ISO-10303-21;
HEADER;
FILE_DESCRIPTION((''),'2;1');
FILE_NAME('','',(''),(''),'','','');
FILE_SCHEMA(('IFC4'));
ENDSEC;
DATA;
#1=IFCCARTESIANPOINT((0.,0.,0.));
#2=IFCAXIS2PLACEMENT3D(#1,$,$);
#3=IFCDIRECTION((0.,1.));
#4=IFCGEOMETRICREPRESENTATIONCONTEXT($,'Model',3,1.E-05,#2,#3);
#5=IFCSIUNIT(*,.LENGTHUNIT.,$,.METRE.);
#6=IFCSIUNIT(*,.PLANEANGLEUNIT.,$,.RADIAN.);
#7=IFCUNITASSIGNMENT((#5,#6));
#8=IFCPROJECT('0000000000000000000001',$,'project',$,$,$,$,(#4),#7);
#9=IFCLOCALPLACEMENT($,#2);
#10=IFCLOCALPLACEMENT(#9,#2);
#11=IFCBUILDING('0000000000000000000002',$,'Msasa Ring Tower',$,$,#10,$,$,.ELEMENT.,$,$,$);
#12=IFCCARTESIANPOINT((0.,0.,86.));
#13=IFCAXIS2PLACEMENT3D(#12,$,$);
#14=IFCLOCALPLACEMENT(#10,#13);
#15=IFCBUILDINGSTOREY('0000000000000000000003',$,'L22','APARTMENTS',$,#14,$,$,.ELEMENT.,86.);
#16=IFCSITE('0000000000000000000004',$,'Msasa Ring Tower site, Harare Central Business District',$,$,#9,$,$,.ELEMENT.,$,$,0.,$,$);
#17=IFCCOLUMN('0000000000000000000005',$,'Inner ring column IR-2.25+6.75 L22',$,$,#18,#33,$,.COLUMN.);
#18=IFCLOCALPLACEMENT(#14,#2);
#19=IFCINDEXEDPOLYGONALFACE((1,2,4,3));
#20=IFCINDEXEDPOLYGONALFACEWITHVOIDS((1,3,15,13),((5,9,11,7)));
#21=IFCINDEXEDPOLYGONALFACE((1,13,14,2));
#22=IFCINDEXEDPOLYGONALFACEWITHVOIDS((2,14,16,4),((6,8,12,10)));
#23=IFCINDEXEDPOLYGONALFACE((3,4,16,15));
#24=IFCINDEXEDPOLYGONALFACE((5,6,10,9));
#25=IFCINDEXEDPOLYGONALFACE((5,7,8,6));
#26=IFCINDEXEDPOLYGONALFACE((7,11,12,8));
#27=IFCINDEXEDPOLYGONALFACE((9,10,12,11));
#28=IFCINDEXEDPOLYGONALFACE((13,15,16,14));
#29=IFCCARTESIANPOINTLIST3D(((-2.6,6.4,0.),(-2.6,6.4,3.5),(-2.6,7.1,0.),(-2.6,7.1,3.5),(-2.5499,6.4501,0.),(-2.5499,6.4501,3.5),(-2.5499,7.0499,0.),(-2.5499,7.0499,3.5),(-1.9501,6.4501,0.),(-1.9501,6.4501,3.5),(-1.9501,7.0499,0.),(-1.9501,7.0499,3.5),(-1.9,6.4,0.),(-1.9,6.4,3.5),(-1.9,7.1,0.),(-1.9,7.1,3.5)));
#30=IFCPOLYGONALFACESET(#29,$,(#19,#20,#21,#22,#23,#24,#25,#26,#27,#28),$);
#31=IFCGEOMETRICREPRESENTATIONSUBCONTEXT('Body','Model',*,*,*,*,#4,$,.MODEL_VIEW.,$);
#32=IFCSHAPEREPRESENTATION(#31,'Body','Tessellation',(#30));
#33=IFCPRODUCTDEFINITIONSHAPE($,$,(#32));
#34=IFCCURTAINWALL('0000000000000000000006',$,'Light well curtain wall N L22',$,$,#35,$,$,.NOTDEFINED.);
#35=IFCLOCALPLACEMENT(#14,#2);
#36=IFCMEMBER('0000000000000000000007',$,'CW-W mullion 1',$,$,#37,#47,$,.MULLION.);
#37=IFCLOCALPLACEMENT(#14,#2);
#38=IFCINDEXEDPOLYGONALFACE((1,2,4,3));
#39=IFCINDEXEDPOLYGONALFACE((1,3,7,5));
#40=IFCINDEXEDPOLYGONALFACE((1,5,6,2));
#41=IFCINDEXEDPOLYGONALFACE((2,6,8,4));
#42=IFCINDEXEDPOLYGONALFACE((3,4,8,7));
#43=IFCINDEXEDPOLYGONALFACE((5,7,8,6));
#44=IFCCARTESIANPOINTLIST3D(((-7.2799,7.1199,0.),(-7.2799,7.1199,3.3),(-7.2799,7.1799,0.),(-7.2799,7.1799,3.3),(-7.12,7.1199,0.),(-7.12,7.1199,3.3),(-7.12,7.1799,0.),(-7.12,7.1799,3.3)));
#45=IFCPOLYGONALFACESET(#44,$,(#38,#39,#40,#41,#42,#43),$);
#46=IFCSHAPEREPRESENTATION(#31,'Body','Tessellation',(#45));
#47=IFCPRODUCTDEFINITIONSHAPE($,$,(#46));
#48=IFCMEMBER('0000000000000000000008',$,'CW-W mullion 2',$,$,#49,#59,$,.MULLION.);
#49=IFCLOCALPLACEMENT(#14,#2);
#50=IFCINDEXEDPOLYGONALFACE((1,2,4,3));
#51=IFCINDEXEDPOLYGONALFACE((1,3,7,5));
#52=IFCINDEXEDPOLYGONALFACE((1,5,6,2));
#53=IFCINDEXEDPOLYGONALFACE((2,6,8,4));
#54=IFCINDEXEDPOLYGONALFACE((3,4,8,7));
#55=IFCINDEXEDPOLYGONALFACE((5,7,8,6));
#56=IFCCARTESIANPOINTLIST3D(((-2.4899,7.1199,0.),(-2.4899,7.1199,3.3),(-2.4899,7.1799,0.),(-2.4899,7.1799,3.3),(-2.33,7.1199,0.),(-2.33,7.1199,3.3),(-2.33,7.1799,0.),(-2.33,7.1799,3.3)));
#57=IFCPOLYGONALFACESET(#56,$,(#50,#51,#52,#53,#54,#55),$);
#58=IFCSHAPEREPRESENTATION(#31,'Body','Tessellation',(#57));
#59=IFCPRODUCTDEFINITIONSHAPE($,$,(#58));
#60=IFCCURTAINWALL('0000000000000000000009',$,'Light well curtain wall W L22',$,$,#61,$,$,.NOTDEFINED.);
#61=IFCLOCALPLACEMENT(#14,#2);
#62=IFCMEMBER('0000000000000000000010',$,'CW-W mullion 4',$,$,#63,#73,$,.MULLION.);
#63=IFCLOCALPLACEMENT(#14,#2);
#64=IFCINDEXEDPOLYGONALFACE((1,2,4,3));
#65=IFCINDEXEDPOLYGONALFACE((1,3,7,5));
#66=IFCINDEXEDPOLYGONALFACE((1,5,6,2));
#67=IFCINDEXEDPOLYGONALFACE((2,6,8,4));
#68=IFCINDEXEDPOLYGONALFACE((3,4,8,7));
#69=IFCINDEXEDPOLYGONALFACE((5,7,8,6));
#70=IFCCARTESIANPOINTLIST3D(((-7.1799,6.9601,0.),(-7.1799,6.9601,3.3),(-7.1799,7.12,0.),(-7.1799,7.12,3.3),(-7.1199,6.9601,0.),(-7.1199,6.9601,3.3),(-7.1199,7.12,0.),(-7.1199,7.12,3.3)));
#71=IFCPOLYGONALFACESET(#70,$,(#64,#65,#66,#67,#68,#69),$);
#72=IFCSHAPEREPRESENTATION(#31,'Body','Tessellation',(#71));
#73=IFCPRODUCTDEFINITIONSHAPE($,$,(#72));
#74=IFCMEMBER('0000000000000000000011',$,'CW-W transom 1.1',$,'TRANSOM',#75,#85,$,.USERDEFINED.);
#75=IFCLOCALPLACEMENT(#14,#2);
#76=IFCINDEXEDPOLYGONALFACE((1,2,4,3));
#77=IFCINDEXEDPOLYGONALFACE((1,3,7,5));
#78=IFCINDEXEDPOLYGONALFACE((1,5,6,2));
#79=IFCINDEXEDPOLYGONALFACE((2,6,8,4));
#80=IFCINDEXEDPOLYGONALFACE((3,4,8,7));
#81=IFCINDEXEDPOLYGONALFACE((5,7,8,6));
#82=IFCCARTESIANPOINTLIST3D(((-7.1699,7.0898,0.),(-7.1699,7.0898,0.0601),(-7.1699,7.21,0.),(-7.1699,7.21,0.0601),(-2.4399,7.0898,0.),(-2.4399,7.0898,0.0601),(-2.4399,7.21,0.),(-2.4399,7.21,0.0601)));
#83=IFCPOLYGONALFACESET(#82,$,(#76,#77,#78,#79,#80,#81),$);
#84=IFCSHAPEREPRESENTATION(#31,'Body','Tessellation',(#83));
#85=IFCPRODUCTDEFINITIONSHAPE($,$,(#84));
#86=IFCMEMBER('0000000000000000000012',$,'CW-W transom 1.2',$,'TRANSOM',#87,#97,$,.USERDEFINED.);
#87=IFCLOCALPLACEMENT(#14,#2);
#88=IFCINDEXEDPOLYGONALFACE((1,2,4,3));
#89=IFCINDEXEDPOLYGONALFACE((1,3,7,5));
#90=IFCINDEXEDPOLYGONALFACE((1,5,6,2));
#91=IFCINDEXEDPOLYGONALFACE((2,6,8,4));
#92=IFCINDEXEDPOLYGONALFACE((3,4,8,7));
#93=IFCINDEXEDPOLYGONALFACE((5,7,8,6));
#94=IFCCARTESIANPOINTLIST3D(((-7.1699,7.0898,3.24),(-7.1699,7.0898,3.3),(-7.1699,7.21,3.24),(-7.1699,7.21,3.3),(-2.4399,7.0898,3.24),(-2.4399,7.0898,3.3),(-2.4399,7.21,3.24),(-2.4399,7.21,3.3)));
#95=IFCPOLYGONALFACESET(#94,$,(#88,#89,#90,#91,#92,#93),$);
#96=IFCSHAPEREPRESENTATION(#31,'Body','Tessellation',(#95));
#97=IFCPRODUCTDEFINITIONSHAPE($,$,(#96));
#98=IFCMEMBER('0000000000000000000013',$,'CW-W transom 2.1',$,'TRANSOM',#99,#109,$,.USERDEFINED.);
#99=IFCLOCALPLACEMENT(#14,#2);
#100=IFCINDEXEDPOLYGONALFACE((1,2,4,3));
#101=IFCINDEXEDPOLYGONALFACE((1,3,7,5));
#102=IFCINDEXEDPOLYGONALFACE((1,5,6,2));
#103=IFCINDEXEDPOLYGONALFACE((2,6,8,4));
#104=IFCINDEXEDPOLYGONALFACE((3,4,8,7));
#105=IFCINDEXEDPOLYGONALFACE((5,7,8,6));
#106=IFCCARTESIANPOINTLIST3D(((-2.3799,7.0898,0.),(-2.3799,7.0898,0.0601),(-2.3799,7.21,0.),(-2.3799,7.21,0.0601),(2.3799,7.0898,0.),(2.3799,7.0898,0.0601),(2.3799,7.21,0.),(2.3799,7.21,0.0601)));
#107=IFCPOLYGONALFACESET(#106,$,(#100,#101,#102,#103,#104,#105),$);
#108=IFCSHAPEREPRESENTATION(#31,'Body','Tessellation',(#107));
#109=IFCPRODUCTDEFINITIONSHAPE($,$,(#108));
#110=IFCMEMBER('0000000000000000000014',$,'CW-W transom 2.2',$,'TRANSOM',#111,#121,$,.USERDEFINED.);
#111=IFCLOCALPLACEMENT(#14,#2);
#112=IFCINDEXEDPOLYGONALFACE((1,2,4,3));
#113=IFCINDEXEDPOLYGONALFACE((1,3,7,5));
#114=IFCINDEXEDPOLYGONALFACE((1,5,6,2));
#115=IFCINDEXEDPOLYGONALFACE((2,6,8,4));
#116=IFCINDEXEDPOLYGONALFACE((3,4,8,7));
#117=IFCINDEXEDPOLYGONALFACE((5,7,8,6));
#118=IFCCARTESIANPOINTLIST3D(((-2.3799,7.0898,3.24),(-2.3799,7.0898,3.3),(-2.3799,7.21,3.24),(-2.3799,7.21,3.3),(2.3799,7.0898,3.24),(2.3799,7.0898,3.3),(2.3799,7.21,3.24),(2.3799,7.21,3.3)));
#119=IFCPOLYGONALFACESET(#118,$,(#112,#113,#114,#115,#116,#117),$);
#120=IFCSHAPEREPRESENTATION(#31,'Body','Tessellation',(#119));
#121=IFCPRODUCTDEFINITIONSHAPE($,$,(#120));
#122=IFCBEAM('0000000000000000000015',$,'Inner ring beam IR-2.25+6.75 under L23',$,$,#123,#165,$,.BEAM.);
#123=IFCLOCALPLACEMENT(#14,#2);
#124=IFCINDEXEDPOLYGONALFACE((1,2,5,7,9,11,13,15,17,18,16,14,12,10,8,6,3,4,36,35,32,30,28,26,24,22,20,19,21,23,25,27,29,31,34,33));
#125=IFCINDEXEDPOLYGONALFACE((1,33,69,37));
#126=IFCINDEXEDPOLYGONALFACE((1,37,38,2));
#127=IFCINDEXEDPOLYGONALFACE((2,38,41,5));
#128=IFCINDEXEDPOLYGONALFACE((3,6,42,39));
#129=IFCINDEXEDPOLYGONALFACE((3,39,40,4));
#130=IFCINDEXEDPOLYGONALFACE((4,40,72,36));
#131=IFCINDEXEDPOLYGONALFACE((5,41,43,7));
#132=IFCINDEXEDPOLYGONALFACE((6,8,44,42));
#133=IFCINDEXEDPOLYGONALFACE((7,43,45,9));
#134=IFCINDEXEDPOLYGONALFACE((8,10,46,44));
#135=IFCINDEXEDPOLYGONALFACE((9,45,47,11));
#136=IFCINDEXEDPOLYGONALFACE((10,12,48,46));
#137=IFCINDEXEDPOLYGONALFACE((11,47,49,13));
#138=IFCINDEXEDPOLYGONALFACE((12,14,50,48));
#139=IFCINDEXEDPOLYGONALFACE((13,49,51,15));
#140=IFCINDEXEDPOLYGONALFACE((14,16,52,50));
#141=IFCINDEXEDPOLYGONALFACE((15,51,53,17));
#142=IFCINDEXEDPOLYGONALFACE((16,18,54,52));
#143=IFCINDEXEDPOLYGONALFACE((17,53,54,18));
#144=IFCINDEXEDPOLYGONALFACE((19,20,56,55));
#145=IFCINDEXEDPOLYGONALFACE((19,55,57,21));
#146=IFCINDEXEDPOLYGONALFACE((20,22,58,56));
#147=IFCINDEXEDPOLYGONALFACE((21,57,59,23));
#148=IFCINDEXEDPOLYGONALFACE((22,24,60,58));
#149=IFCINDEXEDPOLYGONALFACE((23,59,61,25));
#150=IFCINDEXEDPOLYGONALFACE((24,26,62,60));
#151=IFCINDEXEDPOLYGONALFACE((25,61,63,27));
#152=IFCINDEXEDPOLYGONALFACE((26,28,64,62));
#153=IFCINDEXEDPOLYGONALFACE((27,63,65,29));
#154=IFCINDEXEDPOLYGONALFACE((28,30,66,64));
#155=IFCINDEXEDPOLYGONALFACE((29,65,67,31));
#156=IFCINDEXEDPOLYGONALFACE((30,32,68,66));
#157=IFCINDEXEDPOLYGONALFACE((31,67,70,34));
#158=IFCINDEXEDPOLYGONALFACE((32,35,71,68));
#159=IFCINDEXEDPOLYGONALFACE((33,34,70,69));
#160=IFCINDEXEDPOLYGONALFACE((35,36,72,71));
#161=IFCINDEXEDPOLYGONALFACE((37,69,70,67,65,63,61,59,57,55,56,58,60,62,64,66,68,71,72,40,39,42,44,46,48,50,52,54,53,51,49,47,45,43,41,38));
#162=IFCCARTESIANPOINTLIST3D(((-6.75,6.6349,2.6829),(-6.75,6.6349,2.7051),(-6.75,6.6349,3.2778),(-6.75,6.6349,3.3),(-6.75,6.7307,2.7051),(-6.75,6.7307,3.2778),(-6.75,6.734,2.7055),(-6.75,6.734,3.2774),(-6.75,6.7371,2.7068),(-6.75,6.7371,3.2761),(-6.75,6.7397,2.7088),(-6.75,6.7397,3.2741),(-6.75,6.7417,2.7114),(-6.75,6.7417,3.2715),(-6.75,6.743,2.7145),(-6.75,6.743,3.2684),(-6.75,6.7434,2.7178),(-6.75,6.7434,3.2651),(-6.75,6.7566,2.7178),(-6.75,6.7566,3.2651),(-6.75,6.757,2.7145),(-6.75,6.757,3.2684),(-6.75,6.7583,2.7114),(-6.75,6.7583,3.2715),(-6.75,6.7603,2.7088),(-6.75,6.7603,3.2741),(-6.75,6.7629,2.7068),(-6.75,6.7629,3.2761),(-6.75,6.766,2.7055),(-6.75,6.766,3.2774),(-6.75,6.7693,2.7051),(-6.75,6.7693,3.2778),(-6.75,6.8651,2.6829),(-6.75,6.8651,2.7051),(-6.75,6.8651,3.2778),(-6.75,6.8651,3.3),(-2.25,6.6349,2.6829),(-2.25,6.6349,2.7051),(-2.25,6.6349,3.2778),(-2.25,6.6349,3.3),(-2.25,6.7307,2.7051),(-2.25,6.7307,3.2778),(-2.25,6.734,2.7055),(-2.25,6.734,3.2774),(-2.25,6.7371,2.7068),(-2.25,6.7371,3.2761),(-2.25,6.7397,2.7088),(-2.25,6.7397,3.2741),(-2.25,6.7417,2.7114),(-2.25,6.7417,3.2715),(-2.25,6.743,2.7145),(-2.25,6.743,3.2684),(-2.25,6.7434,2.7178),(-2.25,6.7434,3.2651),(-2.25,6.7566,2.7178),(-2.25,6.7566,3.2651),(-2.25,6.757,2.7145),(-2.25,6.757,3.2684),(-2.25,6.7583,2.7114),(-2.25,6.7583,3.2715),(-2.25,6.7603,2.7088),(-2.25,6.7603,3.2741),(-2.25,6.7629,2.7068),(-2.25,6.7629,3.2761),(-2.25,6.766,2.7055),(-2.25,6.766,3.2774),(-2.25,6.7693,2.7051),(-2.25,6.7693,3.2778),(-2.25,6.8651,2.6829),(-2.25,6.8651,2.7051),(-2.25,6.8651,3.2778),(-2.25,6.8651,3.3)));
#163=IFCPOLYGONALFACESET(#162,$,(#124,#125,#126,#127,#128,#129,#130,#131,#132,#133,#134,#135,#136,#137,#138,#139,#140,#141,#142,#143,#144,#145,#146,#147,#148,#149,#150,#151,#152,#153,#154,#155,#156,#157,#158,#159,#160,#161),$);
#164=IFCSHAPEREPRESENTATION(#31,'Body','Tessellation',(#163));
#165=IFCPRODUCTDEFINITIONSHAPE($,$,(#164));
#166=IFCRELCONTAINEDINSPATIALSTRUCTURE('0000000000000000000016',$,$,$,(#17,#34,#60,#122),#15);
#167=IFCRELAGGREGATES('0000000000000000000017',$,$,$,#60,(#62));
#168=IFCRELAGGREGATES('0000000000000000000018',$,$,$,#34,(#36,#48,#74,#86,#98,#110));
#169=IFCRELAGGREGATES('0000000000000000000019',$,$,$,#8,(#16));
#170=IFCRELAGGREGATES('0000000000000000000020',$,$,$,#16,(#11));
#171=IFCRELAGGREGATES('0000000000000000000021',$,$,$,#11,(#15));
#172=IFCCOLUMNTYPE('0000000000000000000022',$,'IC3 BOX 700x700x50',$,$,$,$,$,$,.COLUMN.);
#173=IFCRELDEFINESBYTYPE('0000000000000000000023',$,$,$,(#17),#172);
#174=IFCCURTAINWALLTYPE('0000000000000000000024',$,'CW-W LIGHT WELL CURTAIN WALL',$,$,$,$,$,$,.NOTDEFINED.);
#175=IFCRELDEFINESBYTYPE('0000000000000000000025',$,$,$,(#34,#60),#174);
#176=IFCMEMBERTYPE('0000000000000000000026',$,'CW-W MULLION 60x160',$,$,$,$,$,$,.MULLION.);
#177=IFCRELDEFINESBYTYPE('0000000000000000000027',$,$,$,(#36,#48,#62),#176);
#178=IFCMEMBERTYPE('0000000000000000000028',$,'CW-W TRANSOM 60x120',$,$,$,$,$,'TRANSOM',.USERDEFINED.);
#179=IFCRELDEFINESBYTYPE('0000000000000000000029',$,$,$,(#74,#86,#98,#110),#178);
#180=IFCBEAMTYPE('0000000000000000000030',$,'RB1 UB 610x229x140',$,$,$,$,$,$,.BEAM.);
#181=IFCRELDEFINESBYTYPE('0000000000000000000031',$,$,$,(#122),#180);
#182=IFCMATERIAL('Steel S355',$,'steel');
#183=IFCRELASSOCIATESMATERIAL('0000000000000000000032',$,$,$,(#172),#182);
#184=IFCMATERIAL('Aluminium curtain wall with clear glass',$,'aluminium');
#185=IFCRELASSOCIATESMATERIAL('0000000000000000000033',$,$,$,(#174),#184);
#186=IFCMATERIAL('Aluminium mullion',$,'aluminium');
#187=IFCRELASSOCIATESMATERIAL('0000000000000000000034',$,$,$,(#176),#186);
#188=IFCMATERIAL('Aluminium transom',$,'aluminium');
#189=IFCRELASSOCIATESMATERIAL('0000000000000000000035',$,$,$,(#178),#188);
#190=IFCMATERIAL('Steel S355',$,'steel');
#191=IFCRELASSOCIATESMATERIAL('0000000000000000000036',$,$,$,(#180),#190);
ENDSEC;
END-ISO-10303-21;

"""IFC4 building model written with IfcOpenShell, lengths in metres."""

from ifc_helpers import new_model, si_unit, direction, frame, origin, origin_2d, place, context, subcontext, project, spatial, rectangle, hollow_rectangle, i_section, extrude, material, material_profile, profile_set, type_object, element, aggregate, save


model = new_model("IFC4")

# Units and contexts
model_context = context("Model", 3, precision=1e-05, world=origin(), true_north=direction((0.0, 1.0)))
body_context = subcontext(model_context, "Body", "Model", "MODEL_VIEW")
ifc_project = project(units=[si_unit("LENGTHUNIT", "METRE"), si_unit("PLANEANGLEUNIT", "RADIAN")], contexts=[model_context])

# Site, building, storey
site_placement = place(None, origin())
site = spatial("IfcSite", under=ifc_project, at=site_placement, Name="Msasa Ring Tower site, Harare Central Business District", CompositionType="ELEMENT", RefElevation=0.0)
building_placement = place(site_placement, origin())
building = spatial("IfcBuilding", under=site, at=building_placement, Name="Msasa Ring Tower", CompositionType="ELEMENT")
storey_placement = place(building_placement, frame((0.0, 0.0, 86.0)))
storey = spatial("IfcBuildingStorey", under=building, at=storey_placement, Name="L22", Description="APARTMENTS", CompositionType="ELEMENT", Elevation=86.0)

# Column
ifc_material_1 = material(Name="Steel S355", Category="steel")
ifc_material_profile_1 = material_profile(ifc_material_1, hollow_rectangle(XDim=0.7, YDim=0.7, WallThickness=0.05, at=origin_2d()), Name="BOX 700x700x50")
ifc_profile_set_1 = profile_set([ifc_material_profile_1], Name="Steel S355")
column_type = type_object("IfcColumnType", Name="IC3 BOX 700x700x50", PredefinedType="COLUMN", material=ifc_profile_set_1)
column_placement = place(storey_placement, frame((-2.25, 6.75, 0.0), z_axis=(0.0, 0.0, 1.0), x_axis=(1.0, 0.0, 0.0)))
element("IfcColumn", 1, at=column_placement, inside=storey, type_object=column_type, Name="Inner ring column IR-2.25+6.75 L22", PredefinedType="COLUMN", context=body_context, shape_type="SweptSolid", body=[
    extrude(hollow_rectangle(XDim=0.7, YDim=0.7, WallThickness=0.05, at=origin_2d()), origin(), (0.0, 0.0, 1.0), 3.5),
])

# Curtain wall, members
ifc_material_2 = material(Name="Aluminium curtain wall with clear glass", Category="aluminium")
curtain_wall_type = type_object("IfcCurtainWallType", Name="CW-W LIGHT WELL CURTAIN WALL", PredefinedType="NOTDEFINED", material=ifc_material_2)
curtain_wall_1_placement = place(storey_placement, origin())
curtain_wall_1 = element("IfcCurtainWall", 2, at=curtain_wall_1_placement, inside=storey, type_object=curtain_wall_type, Name="Light well curtain wall N L22", PredefinedType="NOTDEFINED")
ifc_material_3 = material(Name="Aluminium mullion", Category="aluminium")
ifc_material_profile_2 = material_profile(ifc_material_3, rectangle(XDim=0.0601, YDim=0.1599, at=origin_2d()), Name="AL 60x160")
ifc_profile_set_2 = profile_set([ifc_material_profile_2], Name="Aluminium mullion")
member_type_1 = type_object("IfcMemberType", Name="CW-W MULLION 60x160", PredefinedType="MULLION", material=ifc_profile_set_2)
member_1_placement = place(storey_placement, frame((-7.2, 7.1499, 0.0), z_axis=(0.0, 0.0, 1.0), x_axis=(0.0, 1.0, 0.0)))
member_1 = element("IfcMember", 3, at=member_1_placement, type_object=member_type_1, Name="CW-W mullion 1", PredefinedType="MULLION", context=body_context, shape_type="SweptSolid", body=[
    extrude(rectangle(XDim=0.0601, YDim=0.1599, at=origin_2d()), origin(), (0.0, 0.0, 1.0), 3.3),
])
member_2_placement = place(storey_placement, frame((-2.4099, 7.1499, 0.0), z_axis=(0.0, 0.0, 1.0), x_axis=(0.0, 1.0, 0.0)))
member_2 = element("IfcMember", 4, at=member_2_placement, type_object=member_type_1, Name="CW-W mullion 2", PredefinedType="MULLION", context=body_context, shape_type="SweptSolid", body=[
    extrude(rectangle(XDim=0.0601, YDim=0.1599, at=origin_2d()), origin(), (0.0, 0.0, 1.0), 3.3),
])

# Curtain wall, member
curtain_wall_2_placement = place(storey_placement, origin())
curtain_wall_2 = element("IfcCurtainWall", 5, at=curtain_wall_2_placement, inside=storey, type_object=curtain_wall_type, Name="Light well curtain wall W L22", PredefinedType="NOTDEFINED")
member_3_placement = place(storey_placement, frame((-7.1499, 7.04, 0.0), z_axis=(0.0, 0.0, 1.0), x_axis=(-1.0, 0.0, 0.0)))
member_3 = element("IfcMember", 6, at=member_3_placement, type_object=member_type_1, Name="CW-W mullion 4", PredefinedType="MULLION", context=body_context, shape_type="SweptSolid", body=[
    extrude(rectangle(XDim=0.0601, YDim=0.1599, at=origin_2d()), origin(), (0.0, 0.0, 1.0), 3.3),
])
aggregate(curtain_wall_2, [member_3])

# Members
ifc_material_4 = material(Name="Aluminium transom", Category="aluminium")
ifc_material_profile_3 = material_profile(ifc_material_4, rectangle(XDim=0.1201, YDim=0.0601, at=origin_2d()), Name="AL 60x120")
ifc_profile_set_3 = profile_set([ifc_material_profile_3], Name="Aluminium transom")
member_type_2 = type_object("IfcMemberType", Name="CW-W TRANSOM 60x120", ElementType="TRANSOM", PredefinedType="USERDEFINED", material=ifc_profile_set_3)
member_4_placement = place(storey_placement, frame((-7.1699, 7.1499, 0.03), z_axis=(1.0, 0.0, 0.0), x_axis=(0.0, 1.0, 0.0)))
member_4 = element("IfcMember", 7, at=member_4_placement, type_object=member_type_2, Name="CW-W transom 1.1", ObjectType="TRANSOM", PredefinedType="USERDEFINED", context=body_context, shape_type="SweptSolid", body=[
    extrude(rectangle(XDim=0.1201, YDim=0.0601, at=origin_2d()), origin(), (0.0, 0.0, 1.0), 4.73),
])
member_5_placement = place(storey_placement, frame((-7.1699, 7.1499, 3.27), z_axis=(1.0, 0.0, 0.0), x_axis=(0.0, 1.0, 0.0)))
member_5 = element("IfcMember", 8, at=member_5_placement, type_object=member_type_2, Name="CW-W transom 1.2", ObjectType="TRANSOM", PredefinedType="USERDEFINED", context=body_context, shape_type="SweptSolid", body=[
    extrude(rectangle(XDim=0.1201, YDim=0.0601, at=origin_2d()), origin(), (0.0, 0.0, 1.0), 4.73),
])
member_6_placement = place(storey_placement, frame((-2.3799, 7.1499, 0.03), z_axis=(1.0, 0.0, 0.0), x_axis=(0.0, 1.0, 0.0)))
member_6 = element("IfcMember", 9, at=member_6_placement, type_object=member_type_2, Name="CW-W transom 2.1", ObjectType="TRANSOM", PredefinedType="USERDEFINED", context=body_context, shape_type="SweptSolid", body=[
    extrude(rectangle(XDim=0.1201, YDim=0.0601, at=origin_2d()), origin(), (0.0, 0.0, 1.0), 4.7598),
])
member_7_placement = place(storey_placement, frame((-2.3799, 7.1499, 3.27), z_axis=(1.0, 0.0, 0.0), x_axis=(0.0, 1.0, 0.0)))
member_7 = element("IfcMember", 10, at=member_7_placement, type_object=member_type_2, Name="CW-W transom 2.2", ObjectType="TRANSOM", PredefinedType="USERDEFINED", context=body_context, shape_type="SweptSolid", body=[
    extrude(rectangle(XDim=0.1201, YDim=0.0601, at=origin_2d()), origin(), (0.0, 0.0, 1.0), 4.7598),
])

# Beam
ifc_material_5 = material(Name="Steel S355", Category="steel")
ifc_material_profile_4 = material_profile(ifc_material_5, i_section(OverallWidth=0.2302, OverallDepth=0.6172, WebThickness=0.0132, FlangeThickness=0.0222, FilletRadius=0.0127, at=origin_2d()), Name="UB 610x229x140")
ifc_profile_set_4 = profile_set([ifc_material_profile_4], Name="Steel S355")
beam_type = type_object("IfcBeamType", Name="RB1 UB 610x229x140", PredefinedType="BEAM", material=ifc_profile_set_4)
for number, where, z_axis, x_axis, name in (
    (11, (-2.25, 6.75, 2.9915), (-1.0, 0.0, 0.0), (0.0, -1.0, 0.0), "Inner ring beam IR-2.25+6.75 under L23"),
):
    element("IfcBeam", number, at=place(storey_placement, frame(where, z_axis=z_axis, x_axis=x_axis)), inside=storey, type_object=beam_type, Name=name, PredefinedType="BEAM", context=body_context, shape_type="SweptSolid", body=[
        extrude(i_section(OverallWidth=0.2302, OverallDepth=0.6172, WebThickness=0.0132, FlangeThickness=0.0222, FilletRadius=0.0127, at=origin_2d()), origin(), (0.0, 0.0, 1.0), 4.5),
    ])

aggregate(curtain_wall_1, [member_1, member_2, member_4, member_5, member_6, member_7])

save(model, "model.ifc")
